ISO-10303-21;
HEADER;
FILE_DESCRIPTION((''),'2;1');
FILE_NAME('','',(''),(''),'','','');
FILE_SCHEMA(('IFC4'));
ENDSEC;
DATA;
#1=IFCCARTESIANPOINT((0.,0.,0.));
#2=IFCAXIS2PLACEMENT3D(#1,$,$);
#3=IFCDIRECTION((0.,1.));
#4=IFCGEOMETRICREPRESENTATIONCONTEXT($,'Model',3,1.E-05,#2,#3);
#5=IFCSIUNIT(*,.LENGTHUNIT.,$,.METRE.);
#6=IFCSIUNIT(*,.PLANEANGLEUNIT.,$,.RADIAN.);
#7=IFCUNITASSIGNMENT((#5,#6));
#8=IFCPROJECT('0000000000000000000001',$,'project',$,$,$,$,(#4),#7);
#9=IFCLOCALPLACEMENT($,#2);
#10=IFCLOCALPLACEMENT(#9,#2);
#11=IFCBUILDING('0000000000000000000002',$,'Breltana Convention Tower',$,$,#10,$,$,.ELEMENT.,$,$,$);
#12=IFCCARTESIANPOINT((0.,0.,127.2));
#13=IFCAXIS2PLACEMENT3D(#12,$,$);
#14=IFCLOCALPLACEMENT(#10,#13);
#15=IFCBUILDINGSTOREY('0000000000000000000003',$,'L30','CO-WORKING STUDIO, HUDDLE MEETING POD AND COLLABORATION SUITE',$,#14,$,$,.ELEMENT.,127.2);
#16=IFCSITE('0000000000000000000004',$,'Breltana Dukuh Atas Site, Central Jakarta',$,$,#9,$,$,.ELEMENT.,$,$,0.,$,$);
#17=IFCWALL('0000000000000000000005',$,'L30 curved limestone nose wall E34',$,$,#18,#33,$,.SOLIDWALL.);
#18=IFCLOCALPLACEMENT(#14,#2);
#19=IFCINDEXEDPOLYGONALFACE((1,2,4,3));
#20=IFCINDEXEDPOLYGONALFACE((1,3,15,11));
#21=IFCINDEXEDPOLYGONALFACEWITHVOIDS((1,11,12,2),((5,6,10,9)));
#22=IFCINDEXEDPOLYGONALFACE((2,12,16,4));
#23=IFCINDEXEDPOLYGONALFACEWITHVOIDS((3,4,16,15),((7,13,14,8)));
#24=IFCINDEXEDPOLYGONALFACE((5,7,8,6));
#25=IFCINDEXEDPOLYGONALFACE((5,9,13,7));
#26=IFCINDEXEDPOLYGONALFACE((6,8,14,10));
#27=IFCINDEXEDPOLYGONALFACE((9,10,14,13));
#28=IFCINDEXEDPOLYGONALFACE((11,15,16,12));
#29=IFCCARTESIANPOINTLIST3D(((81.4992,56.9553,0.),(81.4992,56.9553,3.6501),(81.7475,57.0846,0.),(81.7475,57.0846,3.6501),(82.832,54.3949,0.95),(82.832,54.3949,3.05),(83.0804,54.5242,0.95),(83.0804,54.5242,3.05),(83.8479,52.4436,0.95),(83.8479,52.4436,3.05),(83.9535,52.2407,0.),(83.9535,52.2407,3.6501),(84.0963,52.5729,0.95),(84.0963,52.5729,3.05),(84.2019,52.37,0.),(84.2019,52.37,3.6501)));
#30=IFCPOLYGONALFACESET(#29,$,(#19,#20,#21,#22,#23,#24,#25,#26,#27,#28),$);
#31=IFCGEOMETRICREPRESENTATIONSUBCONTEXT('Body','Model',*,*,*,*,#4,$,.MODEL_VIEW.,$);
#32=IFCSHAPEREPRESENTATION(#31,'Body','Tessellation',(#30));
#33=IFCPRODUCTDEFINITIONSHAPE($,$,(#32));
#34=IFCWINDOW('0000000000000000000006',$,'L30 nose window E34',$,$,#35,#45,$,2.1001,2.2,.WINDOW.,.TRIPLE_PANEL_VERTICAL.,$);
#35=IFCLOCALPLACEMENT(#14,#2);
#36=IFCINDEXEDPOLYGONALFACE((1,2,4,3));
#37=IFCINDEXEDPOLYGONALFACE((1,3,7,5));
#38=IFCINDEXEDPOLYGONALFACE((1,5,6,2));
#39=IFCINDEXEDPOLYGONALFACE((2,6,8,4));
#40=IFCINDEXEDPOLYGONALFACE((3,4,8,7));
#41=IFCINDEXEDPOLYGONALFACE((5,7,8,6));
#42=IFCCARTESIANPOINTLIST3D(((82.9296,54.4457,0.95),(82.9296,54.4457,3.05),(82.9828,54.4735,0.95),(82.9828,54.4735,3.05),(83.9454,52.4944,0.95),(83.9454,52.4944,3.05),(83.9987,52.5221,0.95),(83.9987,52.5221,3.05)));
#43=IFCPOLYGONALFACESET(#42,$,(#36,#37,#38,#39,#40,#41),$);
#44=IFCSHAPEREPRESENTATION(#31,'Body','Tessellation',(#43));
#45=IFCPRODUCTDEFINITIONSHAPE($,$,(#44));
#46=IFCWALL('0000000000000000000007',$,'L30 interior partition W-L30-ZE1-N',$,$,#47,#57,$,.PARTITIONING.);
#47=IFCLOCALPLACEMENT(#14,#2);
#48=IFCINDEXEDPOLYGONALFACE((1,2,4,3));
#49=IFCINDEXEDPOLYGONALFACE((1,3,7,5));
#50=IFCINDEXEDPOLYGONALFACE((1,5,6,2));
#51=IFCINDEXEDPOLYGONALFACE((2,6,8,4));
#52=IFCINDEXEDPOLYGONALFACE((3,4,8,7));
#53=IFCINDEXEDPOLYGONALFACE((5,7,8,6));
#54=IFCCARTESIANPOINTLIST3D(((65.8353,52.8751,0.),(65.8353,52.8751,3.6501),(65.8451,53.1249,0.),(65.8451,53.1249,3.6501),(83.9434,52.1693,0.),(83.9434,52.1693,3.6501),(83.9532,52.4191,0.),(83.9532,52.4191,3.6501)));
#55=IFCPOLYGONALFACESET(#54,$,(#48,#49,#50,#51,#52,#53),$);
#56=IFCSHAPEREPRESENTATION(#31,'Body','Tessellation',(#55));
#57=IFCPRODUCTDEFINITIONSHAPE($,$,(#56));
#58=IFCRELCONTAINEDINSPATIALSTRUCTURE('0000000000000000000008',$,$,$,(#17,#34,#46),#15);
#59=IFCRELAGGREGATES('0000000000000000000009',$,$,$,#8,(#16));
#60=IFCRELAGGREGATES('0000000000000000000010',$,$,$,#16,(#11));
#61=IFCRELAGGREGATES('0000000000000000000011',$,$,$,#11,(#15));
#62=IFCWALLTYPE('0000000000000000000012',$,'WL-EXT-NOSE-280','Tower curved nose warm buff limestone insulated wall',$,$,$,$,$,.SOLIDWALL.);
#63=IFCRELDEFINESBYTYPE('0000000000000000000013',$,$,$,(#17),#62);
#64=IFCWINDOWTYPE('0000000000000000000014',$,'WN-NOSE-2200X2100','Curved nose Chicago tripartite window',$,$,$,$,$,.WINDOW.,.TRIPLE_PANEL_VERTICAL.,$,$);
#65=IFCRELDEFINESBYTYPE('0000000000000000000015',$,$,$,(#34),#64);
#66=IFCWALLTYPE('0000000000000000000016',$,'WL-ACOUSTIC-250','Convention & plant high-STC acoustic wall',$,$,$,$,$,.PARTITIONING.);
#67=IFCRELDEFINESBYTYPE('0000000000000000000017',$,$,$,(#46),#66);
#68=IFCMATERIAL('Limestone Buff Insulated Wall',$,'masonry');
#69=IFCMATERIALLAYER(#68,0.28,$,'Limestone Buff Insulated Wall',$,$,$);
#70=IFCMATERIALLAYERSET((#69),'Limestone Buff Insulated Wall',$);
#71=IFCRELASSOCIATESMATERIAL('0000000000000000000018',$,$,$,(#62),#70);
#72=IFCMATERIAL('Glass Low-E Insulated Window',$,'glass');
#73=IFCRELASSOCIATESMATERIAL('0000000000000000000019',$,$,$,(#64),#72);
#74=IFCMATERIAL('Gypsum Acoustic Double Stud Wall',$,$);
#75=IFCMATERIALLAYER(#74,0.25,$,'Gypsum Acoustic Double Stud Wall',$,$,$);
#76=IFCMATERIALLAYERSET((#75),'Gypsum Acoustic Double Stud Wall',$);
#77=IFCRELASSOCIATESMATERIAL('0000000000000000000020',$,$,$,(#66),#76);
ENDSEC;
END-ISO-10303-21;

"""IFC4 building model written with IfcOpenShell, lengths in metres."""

from ifc_helpers import new_model, si_unit, direction, frame, frame_2d, origin, place, context, subcontext, project, spatial, rectangle, extrude, source, transform, mapped, material, layer, layer_set, type_object, type_shapes, element, fill, save


model = new_model("IFC4")

# Units and contexts
model_context = context("Model", 3, precision=1e-05, world=origin(), true_north=direction((0.0, 1.0)))
body_context = subcontext(model_context, "Body", "Model", "MODEL_VIEW")
ifc_project = project(units=[si_unit("LENGTHUNIT", "METRE"), si_unit("PLANEANGLEUNIT", "RADIAN")], contexts=[model_context])

# Site, building, storey
site_placement = place(None, origin())
site = spatial("IfcSite", under=ifc_project, at=site_placement, Name="Breltana Dukuh Atas Site, Central Jakarta", CompositionType="ELEMENT", RefElevation=0.0)
building_placement = place(site_placement, origin())
building = spatial("IfcBuilding", under=site, at=building_placement, Name="Breltana Convention Tower", CompositionType="ELEMENT")
storey_placement = place(building_placement, frame((0.0, 0.0, 127.2)))
storey = spatial("IfcBuildingStorey", under=building, at=storey_placement, Name="L30", Description="CO-WORKING STUDIO, HUDDLE MEETING POD AND COLLABORATION SUITE", CompositionType="ELEMENT", Elevation=127.2)

# Wall, opening, window
ifc_material_1 = material(Name="Limestone Buff Insulated Wall", Category="masonry")
ifc_layer_1 = layer(ifc_material_1, 0.28, Name="Limestone Buff Insulated Wall")
ifc_layer_set_1 = layer_set([ifc_layer_1], Name="Limestone Buff Insulated Wall")
wall_type_1 = type_object("IfcWallType", Name="WL-EXT-NOSE-280", Description="Tower curved nose warm buff limestone insulated wall", PredefinedType="SOLIDWALL", material=ifc_layer_set_1)
ifc_material_2 = material(Name="Glass Low-E Insulated Window", Category="glass")
window_type = type_object("IfcWindowType", Name="WN-NOSE-2200X2100", Description="Curved nose Chicago tripartite window", PartitioningType="TRIPLE_PANEL_VERTICAL", PredefinedType="WINDOW", material=ifc_material_2)
shared_shape_1 = source(origin(), body_context, "Body", "SweptSolid", [
    extrude(rectangle(XDim=2.2, YDim=2.1001, at=frame_2d((1.1001, 1.05))), frame((0.0, 0.03, 0.0), z_axis=(0.0, -1.0, 0.0), x_axis=(1.0, 0.0, 0.0)), (0.0, 0.0, 1.0), 0.0601),
])
type_shapes(window_type, [shared_shape_1])
shared_shape_2 = source(origin(), body_context, "Body", "SweptSolid", [
    extrude(rectangle(XDim=5.3152, YDim=0.28, at=frame_2d((2.6577, 0.0))), origin(), (0.0, 0.0, 1.0), 3.6501),
])
wall_1_placement = place(storey_placement, frame((81.6233, 57.02, 0.0), z_axis=(0.0, 0.0, 1.0), x_axis=(0.461761, -0.887005, 0.0)))
wall_1 = element("IfcWall", 1, at=wall_1_placement, inside=storey, type_object=wall_type_1, Name="L30 curved limestone nose wall E34", PredefinedType="SOLIDWALL", context=body_context, shape_type="MappedRepresentation", body=[
    mapped(shared_shape_2, transform((0.0, 0.0, 0.0), scale=1.0)),
])
opening_1_placement = place(wall_1_placement, frame((2.8865, 0.0, 0.95)))
opening_1 = element("IfcOpeningElement", 2, at=opening_1_placement, cuts=wall_1, PredefinedType="OPENING", context=body_context, shape_type="SweptSolid", body=[
    extrude(rectangle(XDim=2.2, YDim=2.1001, at=frame_2d((1.1001, 1.05))), frame((0.0, 0.1499, 0.0), z_axis=(0.0, -1.0, 0.0), x_axis=(1.0, 0.0, 0.0)), (0.0, 0.0, 1.0), 0.3),
])
window_1_placement = place(opening_1_placement, origin())
window_1 = element("IfcWindow", 3, at=window_1_placement, inside=storey, type_object=window_type, Name="L30 nose window E34", OverallHeight=2.1001, OverallWidth=2.2, PartitioningType="TRIPLE_PANEL_VERTICAL", PredefinedType="WINDOW", context=body_context, shape_type="MappedRepresentation", body=[
    mapped(shared_shape_1, transform((0.0, 0.0, 0.0), scale=1.0)),
])
fill(opening_1, window_1)

# Wall
ifc_material_3 = material(Name="Gypsum Acoustic Double Stud Wall")
ifc_layer_2 = layer(ifc_material_3, 0.25, Name="Gypsum Acoustic Double Stud Wall")
ifc_layer_set_2 = layer_set([ifc_layer_2], Name="Gypsum Acoustic Double Stud Wall")
wall_type_2 = type_object("IfcWallType", Name="WL-ACOUSTIC-250", Description="Convention & plant high-STC acoustic wall", PredefinedType="PARTITIONING", material=ifc_layer_set_2)
shared_shape_3 = source(origin(), body_context, "Body", "SweptSolid", [
    extrude(rectangle(XDim=18.1218, YDim=0.25, at=frame_2d((9.061, 0.0))), origin(), (0.0, 0.0, 1.0), 3.6501),
])
wall_2_placement = place(storey_placement, frame((65.8401, 53.0, 0.0), z_axis=(0.0, 0.0, 1.0), x_axis=(0.999241, -0.038948, 0.0)))
element("IfcWall", 4, at=wall_2_placement, inside=storey, type_object=wall_type_2, Name="L30 interior partition W-L30-ZE1-N", PredefinedType="PARTITIONING", context=body_context, shape_type="MappedRepresentation", body=[
    mapped(shared_shape_3, transform((0.0, 0.0, 0.0), scale=1.0)),
])

save(model, "model.ifc")
